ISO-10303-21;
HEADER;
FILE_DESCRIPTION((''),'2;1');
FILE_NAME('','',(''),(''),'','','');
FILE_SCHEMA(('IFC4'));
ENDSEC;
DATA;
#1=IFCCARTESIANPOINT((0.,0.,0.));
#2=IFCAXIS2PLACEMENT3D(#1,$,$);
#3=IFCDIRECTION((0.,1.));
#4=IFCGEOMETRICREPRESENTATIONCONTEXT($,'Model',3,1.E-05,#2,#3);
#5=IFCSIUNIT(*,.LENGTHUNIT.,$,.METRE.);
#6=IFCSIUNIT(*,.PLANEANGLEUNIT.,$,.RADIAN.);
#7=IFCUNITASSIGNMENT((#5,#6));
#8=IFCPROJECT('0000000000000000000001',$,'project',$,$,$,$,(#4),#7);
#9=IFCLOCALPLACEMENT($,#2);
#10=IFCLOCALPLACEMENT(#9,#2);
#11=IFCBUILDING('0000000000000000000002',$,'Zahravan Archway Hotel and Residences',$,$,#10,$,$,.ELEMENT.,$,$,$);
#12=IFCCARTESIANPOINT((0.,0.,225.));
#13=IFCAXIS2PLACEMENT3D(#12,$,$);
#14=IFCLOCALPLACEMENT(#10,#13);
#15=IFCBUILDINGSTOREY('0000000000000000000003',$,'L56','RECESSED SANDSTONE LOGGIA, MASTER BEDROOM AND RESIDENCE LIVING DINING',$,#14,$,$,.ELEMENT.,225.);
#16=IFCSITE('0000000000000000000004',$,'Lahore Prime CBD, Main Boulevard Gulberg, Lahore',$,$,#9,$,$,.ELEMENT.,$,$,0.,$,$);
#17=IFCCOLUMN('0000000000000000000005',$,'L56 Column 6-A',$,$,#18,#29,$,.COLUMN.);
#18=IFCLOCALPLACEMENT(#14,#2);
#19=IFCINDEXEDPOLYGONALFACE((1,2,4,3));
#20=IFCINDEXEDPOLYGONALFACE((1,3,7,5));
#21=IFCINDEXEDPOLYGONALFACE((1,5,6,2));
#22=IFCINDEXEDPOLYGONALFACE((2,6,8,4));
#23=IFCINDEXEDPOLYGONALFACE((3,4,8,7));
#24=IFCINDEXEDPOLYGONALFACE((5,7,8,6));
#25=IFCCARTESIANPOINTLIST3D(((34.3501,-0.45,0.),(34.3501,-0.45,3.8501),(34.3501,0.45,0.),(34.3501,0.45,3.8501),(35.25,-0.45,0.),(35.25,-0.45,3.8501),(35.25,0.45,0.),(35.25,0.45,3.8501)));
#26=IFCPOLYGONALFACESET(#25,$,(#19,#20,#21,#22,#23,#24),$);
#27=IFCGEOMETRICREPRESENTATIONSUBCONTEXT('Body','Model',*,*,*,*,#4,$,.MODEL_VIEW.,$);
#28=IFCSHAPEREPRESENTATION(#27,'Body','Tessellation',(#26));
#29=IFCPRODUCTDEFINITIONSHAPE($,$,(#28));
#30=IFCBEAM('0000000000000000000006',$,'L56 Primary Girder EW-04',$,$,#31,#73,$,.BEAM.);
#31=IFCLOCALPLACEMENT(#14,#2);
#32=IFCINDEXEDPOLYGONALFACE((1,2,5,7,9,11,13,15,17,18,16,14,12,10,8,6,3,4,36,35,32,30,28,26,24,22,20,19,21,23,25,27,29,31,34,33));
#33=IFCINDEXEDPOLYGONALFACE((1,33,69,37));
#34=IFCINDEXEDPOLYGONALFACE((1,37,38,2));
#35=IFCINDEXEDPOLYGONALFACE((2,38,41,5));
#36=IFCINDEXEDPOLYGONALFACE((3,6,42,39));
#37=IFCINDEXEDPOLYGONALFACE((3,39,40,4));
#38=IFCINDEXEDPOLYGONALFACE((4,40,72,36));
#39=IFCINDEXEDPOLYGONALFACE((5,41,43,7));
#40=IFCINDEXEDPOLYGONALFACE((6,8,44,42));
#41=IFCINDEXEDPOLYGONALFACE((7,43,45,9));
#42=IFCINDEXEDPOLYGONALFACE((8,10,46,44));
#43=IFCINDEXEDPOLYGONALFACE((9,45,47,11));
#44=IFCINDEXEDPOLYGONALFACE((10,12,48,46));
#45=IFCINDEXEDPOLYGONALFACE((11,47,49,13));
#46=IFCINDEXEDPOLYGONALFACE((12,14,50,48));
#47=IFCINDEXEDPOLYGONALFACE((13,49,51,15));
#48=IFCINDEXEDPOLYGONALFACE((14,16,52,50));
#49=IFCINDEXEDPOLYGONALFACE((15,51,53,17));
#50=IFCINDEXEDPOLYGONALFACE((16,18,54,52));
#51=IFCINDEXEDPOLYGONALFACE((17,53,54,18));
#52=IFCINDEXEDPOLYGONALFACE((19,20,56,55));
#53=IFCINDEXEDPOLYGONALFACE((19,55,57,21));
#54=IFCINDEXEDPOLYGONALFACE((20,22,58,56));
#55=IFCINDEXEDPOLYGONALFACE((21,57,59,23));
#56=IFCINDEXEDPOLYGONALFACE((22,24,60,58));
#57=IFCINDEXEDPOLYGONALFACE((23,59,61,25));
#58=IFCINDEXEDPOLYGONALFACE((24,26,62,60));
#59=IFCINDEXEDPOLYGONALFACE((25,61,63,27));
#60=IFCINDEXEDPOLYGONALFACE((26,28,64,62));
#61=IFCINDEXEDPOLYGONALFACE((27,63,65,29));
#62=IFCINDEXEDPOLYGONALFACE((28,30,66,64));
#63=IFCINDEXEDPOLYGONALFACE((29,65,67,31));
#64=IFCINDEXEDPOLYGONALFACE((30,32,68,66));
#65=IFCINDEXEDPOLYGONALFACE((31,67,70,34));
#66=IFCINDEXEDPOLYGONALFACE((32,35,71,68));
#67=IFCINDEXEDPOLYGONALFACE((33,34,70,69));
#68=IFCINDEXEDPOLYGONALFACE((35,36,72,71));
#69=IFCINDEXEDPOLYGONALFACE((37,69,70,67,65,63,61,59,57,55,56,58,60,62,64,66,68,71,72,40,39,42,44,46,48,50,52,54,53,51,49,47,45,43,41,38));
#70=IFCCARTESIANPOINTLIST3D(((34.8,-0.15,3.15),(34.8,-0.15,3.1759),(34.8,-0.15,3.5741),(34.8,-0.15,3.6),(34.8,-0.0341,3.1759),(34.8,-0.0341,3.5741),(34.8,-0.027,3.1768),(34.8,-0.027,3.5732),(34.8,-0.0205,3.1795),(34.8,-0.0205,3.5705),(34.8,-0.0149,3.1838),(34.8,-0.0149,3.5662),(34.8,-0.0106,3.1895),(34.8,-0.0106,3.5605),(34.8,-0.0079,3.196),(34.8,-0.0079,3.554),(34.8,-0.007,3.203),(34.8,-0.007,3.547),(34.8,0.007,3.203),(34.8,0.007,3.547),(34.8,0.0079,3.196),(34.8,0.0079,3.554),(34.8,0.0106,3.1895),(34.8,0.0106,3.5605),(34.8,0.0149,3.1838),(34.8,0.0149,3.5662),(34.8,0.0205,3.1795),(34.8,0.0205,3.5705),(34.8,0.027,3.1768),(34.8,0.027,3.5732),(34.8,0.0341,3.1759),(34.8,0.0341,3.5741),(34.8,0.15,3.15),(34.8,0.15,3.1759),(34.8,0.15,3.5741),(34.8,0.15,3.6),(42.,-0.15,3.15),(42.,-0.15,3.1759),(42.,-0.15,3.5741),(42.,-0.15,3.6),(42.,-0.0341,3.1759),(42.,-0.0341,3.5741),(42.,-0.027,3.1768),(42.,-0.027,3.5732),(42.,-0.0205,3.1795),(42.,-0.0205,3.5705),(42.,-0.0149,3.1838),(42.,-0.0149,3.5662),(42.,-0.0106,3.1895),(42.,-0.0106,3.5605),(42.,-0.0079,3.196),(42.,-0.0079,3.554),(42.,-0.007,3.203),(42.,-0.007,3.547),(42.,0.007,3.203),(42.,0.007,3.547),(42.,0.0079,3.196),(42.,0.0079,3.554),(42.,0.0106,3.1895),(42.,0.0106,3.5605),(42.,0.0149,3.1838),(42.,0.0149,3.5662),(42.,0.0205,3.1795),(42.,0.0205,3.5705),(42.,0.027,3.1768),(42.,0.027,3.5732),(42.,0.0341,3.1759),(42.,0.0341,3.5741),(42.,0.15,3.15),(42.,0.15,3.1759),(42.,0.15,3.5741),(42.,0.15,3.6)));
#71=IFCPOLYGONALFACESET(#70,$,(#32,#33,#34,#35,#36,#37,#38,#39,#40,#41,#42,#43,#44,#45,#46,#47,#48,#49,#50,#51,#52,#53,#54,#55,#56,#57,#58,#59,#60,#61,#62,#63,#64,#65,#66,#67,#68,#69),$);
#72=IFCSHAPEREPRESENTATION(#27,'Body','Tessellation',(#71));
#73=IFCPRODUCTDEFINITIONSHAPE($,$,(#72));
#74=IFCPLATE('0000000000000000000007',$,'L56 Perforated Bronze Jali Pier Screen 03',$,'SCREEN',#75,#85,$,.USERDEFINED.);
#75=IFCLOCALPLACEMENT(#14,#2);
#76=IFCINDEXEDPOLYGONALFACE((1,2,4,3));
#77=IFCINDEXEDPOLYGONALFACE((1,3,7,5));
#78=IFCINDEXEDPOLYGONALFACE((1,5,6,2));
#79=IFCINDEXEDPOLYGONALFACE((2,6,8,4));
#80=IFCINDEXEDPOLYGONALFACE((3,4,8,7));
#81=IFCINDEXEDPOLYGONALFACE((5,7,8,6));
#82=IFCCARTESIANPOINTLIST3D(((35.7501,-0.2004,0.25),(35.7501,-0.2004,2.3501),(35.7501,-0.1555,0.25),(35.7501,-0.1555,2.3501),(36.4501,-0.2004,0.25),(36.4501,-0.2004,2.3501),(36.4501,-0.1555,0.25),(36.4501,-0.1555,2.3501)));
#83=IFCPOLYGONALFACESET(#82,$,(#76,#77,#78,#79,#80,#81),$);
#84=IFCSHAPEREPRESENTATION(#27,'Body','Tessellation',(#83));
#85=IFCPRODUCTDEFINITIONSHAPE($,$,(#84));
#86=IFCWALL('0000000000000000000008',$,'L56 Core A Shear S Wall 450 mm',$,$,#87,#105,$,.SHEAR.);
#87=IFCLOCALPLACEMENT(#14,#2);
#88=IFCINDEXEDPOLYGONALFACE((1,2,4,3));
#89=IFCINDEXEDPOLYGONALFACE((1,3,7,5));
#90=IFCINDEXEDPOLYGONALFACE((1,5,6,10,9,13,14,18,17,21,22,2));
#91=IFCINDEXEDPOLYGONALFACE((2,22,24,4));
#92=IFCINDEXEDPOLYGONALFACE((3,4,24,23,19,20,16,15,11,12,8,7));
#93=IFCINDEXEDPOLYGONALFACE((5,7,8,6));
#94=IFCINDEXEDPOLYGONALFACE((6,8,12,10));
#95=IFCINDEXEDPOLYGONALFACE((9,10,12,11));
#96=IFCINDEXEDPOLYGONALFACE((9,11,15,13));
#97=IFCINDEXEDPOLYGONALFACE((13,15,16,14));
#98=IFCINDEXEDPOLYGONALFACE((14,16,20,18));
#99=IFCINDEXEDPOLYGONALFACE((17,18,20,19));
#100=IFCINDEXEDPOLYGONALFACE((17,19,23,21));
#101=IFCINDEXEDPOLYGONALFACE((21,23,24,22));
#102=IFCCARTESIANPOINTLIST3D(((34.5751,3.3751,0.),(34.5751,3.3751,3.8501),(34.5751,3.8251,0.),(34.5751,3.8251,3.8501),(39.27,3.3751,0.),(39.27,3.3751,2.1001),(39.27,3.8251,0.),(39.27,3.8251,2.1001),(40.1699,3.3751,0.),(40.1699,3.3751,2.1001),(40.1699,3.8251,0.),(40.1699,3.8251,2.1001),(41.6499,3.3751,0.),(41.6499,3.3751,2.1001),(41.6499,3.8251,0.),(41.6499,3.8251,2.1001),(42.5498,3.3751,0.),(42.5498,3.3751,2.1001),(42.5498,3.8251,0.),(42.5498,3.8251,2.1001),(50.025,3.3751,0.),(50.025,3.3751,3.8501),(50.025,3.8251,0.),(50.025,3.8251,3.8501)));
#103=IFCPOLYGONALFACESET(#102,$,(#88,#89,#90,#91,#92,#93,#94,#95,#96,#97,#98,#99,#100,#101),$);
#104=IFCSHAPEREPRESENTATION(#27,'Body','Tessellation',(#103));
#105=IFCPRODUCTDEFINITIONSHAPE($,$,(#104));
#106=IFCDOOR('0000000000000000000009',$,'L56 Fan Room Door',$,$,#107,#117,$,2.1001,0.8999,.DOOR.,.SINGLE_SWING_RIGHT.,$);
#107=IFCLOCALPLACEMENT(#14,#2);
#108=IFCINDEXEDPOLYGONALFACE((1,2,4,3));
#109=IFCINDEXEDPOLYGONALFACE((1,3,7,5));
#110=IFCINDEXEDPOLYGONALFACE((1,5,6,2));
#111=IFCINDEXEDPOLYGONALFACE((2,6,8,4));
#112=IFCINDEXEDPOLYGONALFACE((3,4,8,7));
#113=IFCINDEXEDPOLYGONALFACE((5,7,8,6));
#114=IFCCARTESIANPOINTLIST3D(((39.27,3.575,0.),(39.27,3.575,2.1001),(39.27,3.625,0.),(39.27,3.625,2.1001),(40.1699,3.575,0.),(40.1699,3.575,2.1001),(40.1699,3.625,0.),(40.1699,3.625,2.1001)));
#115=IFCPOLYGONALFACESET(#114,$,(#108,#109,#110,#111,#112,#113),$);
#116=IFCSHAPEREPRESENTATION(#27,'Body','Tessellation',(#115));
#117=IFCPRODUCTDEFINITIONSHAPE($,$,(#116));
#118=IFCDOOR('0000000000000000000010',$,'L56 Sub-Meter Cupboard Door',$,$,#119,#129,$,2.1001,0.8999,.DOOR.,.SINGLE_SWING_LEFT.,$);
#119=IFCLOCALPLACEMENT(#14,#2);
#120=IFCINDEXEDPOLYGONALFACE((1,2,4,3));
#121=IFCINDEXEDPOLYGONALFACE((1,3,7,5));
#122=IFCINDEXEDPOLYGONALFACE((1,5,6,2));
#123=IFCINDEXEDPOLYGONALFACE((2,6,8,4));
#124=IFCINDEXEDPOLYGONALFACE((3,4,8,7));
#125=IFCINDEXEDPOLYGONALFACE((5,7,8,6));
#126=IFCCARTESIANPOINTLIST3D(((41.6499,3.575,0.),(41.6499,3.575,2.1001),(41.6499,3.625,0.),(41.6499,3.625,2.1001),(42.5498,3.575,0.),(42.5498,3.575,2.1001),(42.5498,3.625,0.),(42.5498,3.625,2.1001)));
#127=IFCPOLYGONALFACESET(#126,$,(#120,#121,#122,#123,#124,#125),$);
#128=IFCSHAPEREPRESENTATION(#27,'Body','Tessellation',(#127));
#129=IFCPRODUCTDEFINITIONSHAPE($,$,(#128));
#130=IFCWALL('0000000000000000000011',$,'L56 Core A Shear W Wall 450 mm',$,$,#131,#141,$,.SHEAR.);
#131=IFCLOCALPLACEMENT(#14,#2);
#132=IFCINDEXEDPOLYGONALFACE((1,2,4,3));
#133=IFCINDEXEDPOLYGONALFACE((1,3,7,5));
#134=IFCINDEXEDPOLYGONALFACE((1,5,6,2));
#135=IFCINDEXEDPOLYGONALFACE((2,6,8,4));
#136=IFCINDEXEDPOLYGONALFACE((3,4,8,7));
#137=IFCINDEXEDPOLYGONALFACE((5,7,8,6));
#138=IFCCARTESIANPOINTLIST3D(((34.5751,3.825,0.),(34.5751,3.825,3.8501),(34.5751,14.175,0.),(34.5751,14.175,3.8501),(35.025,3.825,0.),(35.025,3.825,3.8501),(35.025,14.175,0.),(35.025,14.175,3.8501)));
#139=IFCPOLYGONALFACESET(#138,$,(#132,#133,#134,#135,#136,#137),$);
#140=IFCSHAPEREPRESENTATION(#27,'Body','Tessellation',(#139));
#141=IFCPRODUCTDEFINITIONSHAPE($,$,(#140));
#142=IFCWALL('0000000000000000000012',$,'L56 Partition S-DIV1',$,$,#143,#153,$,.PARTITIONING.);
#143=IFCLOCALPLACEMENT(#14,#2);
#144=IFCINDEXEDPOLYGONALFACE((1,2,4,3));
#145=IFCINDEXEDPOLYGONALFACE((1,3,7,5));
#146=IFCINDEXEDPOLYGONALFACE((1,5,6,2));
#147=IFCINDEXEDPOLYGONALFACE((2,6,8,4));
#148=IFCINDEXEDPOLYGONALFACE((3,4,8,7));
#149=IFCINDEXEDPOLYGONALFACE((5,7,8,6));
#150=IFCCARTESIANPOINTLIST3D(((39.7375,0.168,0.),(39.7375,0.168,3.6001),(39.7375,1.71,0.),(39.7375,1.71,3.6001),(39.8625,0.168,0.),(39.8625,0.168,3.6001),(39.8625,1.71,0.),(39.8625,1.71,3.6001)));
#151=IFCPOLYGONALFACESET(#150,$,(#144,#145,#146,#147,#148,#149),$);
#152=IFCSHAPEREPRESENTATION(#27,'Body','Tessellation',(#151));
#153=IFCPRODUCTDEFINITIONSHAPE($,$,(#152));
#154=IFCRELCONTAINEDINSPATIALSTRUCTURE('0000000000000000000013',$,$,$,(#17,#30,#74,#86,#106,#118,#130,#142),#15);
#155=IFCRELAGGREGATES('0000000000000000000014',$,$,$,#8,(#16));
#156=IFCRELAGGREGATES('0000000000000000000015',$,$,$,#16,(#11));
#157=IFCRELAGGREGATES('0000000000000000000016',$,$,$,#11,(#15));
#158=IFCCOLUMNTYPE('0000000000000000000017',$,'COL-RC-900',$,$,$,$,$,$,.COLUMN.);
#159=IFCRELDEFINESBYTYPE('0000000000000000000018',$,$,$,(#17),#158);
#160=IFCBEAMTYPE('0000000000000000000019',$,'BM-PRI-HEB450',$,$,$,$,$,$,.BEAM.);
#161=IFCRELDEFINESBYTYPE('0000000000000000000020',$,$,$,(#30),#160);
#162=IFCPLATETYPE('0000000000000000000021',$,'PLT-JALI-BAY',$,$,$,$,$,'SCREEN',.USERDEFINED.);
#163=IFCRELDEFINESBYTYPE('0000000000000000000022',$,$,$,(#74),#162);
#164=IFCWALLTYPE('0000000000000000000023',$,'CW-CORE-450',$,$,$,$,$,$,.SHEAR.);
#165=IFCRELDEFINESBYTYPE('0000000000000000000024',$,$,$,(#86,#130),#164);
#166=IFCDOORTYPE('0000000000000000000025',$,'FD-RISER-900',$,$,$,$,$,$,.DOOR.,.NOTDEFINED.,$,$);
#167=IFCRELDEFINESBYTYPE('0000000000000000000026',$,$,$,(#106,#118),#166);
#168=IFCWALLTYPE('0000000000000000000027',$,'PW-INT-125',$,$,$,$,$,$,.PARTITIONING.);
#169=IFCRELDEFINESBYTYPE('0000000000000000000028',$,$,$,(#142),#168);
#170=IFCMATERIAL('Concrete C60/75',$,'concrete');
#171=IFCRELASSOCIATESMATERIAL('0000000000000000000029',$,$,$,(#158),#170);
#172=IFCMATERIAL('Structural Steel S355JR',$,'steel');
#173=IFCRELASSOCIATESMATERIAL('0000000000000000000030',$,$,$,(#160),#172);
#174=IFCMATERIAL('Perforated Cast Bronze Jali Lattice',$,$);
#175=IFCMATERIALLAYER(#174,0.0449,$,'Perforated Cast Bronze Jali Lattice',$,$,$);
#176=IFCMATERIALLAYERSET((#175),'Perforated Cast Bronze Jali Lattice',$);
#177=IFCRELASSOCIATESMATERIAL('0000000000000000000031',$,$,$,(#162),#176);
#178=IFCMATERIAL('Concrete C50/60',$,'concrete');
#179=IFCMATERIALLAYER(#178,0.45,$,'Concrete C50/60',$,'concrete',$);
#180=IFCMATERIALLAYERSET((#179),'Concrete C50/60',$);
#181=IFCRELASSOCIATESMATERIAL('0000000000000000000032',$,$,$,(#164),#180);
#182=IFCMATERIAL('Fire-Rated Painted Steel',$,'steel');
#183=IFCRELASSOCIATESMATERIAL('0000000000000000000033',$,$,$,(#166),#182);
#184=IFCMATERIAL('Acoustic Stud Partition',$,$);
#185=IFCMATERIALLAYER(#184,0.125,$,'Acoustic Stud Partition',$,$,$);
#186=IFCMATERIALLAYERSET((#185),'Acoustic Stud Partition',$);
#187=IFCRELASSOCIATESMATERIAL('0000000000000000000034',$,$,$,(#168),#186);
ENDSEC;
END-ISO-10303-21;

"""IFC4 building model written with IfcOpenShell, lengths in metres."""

from ifc_helpers import new_model, si_unit, direction, frame, frame_2d, origin, origin_2d, place, context, subcontext, project, spatial, rectangle, i_section, extrude, source, transform, mapped, material, layer, layer_set, material_profile, profile_set, type_object, type_shapes, element, fill, save


model = new_model("IFC4")

# Units and contexts
model_context = context("Model", 3, precision=1e-05, world=origin(), true_north=direction((0.0, 1.0)))
body_context = subcontext(model_context, "Body", "Model", "MODEL_VIEW")
ifc_project = project(units=[si_unit("LENGTHUNIT", "METRE"), si_unit("PLANEANGLEUNIT", "RADIAN")], contexts=[model_context])

# Site, building, storey
site_placement = place(None, origin())
site = spatial("IfcSite", under=ifc_project, at=site_placement, Name="Lahore Prime CBD, Main Boulevard Gulberg, Lahore", CompositionType="ELEMENT", RefElevation=0.0)
building_placement = place(site_placement, origin())
building = spatial("IfcBuilding", under=site, at=building_placement, Name="Zahravan Archway Hotel and Residences", CompositionType="ELEMENT")
storey_placement = place(building_placement, frame((0.0, 0.0, 225.0)))
storey = spatial("IfcBuildingStorey", under=building, at=storey_placement, Name="L56", Description="RECESSED SANDSTONE LOGGIA, MASTER BEDROOM AND RESIDENCE LIVING DINING", CompositionType="ELEMENT", Elevation=225.0)

# Column
ifc_material_1 = material(Name="Concrete C60/75", Category="concrete")
ifc_material_profile_1 = material_profile(ifc_material_1, rectangle(XDim=0.8999, YDim=0.8999, at=origin_2d()), Name="RC-COL-900x900", Category="concrete")
ifc_profile_set_1 = profile_set([ifc_material_profile_1], Name="Concrete C60/75")
column_type = type_object("IfcColumnType", Name="COL-RC-900", PredefinedType="COLUMN", material=ifc_profile_set_1)
shared_shape_1 = source(origin(), body_context, "Body", "SweptSolid", [
    extrude(rectangle(XDim=0.8999, YDim=0.8999, at=origin_2d()), origin(), (0.0, 0.0, 1.0), 3.8501),
])
type_shapes(column_type, [shared_shape_1])
column_placement = place(storey_placement, frame((34.8, 0.0, 0.0), z_axis=(0.0, 0.0, 1.0), x_axis=(1.0, 0.0, 0.0)))
element("IfcColumn", 1, at=column_placement, inside=storey, type_object=column_type, Name="L56 Column 6-A", PredefinedType="COLUMN", context=body_context, shape_type="MappedRepresentation", body=[
    mapped(shared_shape_1, transform((0.0, 0.0, 0.0), scale=1.0)),
])

# Beam
ifc_material_2 = material(Name="Structural Steel S355JR", Category="steel")
ifc_material_profile_2 = material_profile(ifc_material_2, i_section(OverallWidth=0.3, OverallDepth=0.45, WebThickness=0.0139, FlangeThickness=0.0259, FilletRadius=0.0271, at=origin_2d()), Name="HEB 450", Category="steel")
ifc_profile_set_2 = profile_set([ifc_material_profile_2], Name="Structural Steel S355JR")
beam_type = type_object("IfcBeamType", Name="BM-PRI-HEB450", PredefinedType="BEAM", material=ifc_profile_set_2)
shared_shape_2 = source(origin(), body_context, "Body", "SweptSolid", [
    extrude(i_section(OverallWidth=0.3, OverallDepth=0.45, WebThickness=0.0139, FlangeThickness=0.0259, FilletRadius=0.0271, at=origin_2d()), origin(), (0.0, 0.0, 1.0), 7.2),
])
beam_placement = place(storey_placement, frame((34.8, 0.0, 3.375), z_axis=(1.0, 0.0, 0.0), x_axis=(0.0, 1.0, 0.0)))
element("IfcBeam", 2, at=beam_placement, inside=storey, type_object=beam_type, Name="L56 Primary Girder EW-04", PredefinedType="BEAM", context=body_context, shape_type="MappedRepresentation", body=[
    mapped(shared_shape_2, transform((0.0, 0.0, 0.0), scale=1.0)),
])

# Plate
ifc_material_3 = material(Name="Perforated Cast Bronze Jali Lattice")
ifc_layer_1 = layer(ifc_material_3, 0.0449, Name="Perforated Cast Bronze Jali Lattice")
ifc_layer_set_1 = layer_set([ifc_layer_1], Name="Perforated Cast Bronze Jali Lattice")
plate_type = type_object("IfcPlateType", Name="PLT-JALI-BAY", ElementType="SCREEN", PredefinedType="USERDEFINED", material=ifc_layer_set_1)
shared_shape_3 = source(origin(), body_context, "Body", "SweptSolid", [
    extrude(rectangle(XDim=0.7, YDim=0.0449, at=origin_2d()), origin(), (0.0, 0.0, 1.0), 2.1001),
])
type_shapes(plate_type, [shared_shape_3])
plate_placement = place(storey_placement, frame((36.1001, -0.178, 0.25), z_axis=(0.0, 0.0, 1.0), x_axis=(1.0, 0.0, 0.0)))
element("IfcPlate", 3, at=plate_placement, inside=storey, type_object=plate_type, Name="L56 Perforated Bronze Jali Pier Screen 03", ObjectType="SCREEN", PredefinedType="USERDEFINED", context=body_context, shape_type="MappedRepresentation", body=[
    mapped(shared_shape_3, transform((0.0, 0.0, 0.0), scale=1.0)),
])

# Wall, openings, doors
ifc_material_4 = material(Name="Concrete C50/60", Category="concrete")
ifc_layer_2 = layer(ifc_material_4, 0.45, Name="Concrete C50/60", Category="concrete")
ifc_layer_set_2 = layer_set([ifc_layer_2], Name="Concrete C50/60")
wall_type_1 = type_object("IfcWallType", Name="CW-CORE-450", PredefinedType="SHEAR", material=ifc_layer_set_2)
wall_1_placement = place(storey_placement, frame((34.575, 3.6001, 0.0), z_axis=(0.0, 0.0, 1.0), x_axis=(1.0, 0.0, 0.0)))
wall_1 = element("IfcWall", 4, at=wall_1_placement, inside=storey, type_object=wall_type_1, Name="L56 Core A Shear S Wall 450 mm", PredefinedType="SHEAR", context=body_context, shape_type="SweptSolid", body=[
    extrude(rectangle(XDim=15.45, YDim=0.45, at=frame_2d((7.7251, 0.0))), origin(), (0.0, 0.0, 1.0), 3.8501),
])
opening_1_placement = place(wall_1_placement, frame((4.6951, 0.0, 0.0)))
opening_1 = element("IfcOpeningElement", 5, at=opening_1_placement, cuts=wall_1, PredefinedType="OPENING", context=body_context, shape_type="SweptSolid", body=[
    extrude(rectangle(XDim=0.8999, YDim=2.1001, at=frame_2d((0.45, 1.05))), frame((0.0, 0.2349, 0.0), z_axis=(0.0, -1.0, 0.0), x_axis=(1.0, 0.0, 0.0)), (0.0, 0.0, 1.0), 0.47),
])
opening_2_placement = place(wall_1_placement, frame((7.075, 0.0, 0.0)))
opening_2 = element("IfcOpeningElement", 6, at=opening_2_placement, cuts=wall_1, PredefinedType="OPENING", context=body_context, shape_type="SweptSolid", body=[
    extrude(rectangle(XDim=0.8999, YDim=2.1001, at=frame_2d((0.45, 1.05))), frame((0.0, 0.2349, 0.0), z_axis=(0.0, -1.0, 0.0), x_axis=(1.0, 0.0, 0.0)), (0.0, 0.0, 1.0), 0.47),
])
ifc_material_5 = material(Name="Fire-Rated Painted Steel", Category="steel")
door_type_1 = type_object("IfcDoorType", Name="FD-RISER-900", OperationType="NOTDEFINED", PredefinedType="DOOR", material=ifc_material_5)
shared_shape_4 = source(origin(), body_context, "Body", "SweptSolid", [
    extrude(rectangle(XDim=0.8999, YDim=2.1001, at=frame_2d((0.45, 1.05))), frame((0.0, 0.0249, 0.0), z_axis=(0.0, -1.0, 0.0), x_axis=(1.0, 0.0, 0.0)), (0.0, 0.0, 1.0), 0.05),
])
type_shapes(door_type_1, [shared_shape_4])
door_1_placement = place(opening_1_placement, origin())
door_1 = element("IfcDoor", 7, at=door_1_placement, inside=storey, type_object=door_type_1, Name="L56 Fan Room Door", OperationType="SINGLE_SWING_RIGHT", OverallHeight=2.1001, OverallWidth=0.8999, PredefinedType="DOOR", context=body_context, shape_type="MappedRepresentation", body=[
    mapped(shared_shape_4, transform((0.0, 0.0, 0.0), scale=1.0)),
])
fill(opening_1, door_1)
door_2_placement = place(opening_2_placement, origin())
door_2 = element("IfcDoor", 8, at=door_2_placement, inside=storey, type_object=door_type_1, Name="L56 Sub-Meter Cupboard Door", OperationType="SINGLE_SWING_LEFT", OverallHeight=2.1001, OverallWidth=0.8999, PredefinedType="DOOR", context=body_context, shape_type="MappedRepresentation", body=[
    mapped(shared_shape_4, transform((0.0, 0.0, 0.0), scale=1.0)),
])
fill(opening_2, door_2)

# Walls
wall_2_placement = place(storey_placement, frame((34.8, 3.825, 0.0), z_axis=(0.0, 0.0, 1.0), x_axis=(0.0, 1.0, 0.0)))
element("IfcWall", 9, at=wall_2_placement, inside=storey, type_object=wall_type_1, Name="L56 Core A Shear W Wall 450 mm", PredefinedType="SHEAR", context=body_context, shape_type="SweptSolid", body=[
    extrude(rectangle(XDim=10.3501, YDim=0.45, at=frame_2d((5.175, 0.0))), origin(), (0.0, 0.0, 1.0), 3.8501),
])
ifc_material_6 = material(Name="Acoustic Stud Partition")
ifc_layer_3 = layer(ifc_material_6, 0.125, Name="Acoustic Stud Partition")
ifc_layer_set_3 = layer_set([ifc_layer_3], Name="Acoustic Stud Partition")
wall_type_2 = type_object("IfcWallType", Name="PW-INT-125", PredefinedType="PARTITIONING", material=ifc_layer_set_3)
wall_3_placement = place(storey_placement, frame((39.8, 0.168, 0.0), z_axis=(0.0, 0.0, 1.0), x_axis=(0.0, 1.0, 0.0)))
element("IfcWall", 10, at=wall_3_placement, inside=storey, type_object=wall_type_2, Name="L56 Partition S-DIV1", PredefinedType="PARTITIONING", context=body_context, shape_type="SweptSolid", body=[
    extrude(rectangle(XDim=1.542, YDim=0.125, at=frame_2d((0.771, 0.0))), origin(), (0.0, 0.0, 1.0), 3.6001),
])

save(model, "model.ifc")
